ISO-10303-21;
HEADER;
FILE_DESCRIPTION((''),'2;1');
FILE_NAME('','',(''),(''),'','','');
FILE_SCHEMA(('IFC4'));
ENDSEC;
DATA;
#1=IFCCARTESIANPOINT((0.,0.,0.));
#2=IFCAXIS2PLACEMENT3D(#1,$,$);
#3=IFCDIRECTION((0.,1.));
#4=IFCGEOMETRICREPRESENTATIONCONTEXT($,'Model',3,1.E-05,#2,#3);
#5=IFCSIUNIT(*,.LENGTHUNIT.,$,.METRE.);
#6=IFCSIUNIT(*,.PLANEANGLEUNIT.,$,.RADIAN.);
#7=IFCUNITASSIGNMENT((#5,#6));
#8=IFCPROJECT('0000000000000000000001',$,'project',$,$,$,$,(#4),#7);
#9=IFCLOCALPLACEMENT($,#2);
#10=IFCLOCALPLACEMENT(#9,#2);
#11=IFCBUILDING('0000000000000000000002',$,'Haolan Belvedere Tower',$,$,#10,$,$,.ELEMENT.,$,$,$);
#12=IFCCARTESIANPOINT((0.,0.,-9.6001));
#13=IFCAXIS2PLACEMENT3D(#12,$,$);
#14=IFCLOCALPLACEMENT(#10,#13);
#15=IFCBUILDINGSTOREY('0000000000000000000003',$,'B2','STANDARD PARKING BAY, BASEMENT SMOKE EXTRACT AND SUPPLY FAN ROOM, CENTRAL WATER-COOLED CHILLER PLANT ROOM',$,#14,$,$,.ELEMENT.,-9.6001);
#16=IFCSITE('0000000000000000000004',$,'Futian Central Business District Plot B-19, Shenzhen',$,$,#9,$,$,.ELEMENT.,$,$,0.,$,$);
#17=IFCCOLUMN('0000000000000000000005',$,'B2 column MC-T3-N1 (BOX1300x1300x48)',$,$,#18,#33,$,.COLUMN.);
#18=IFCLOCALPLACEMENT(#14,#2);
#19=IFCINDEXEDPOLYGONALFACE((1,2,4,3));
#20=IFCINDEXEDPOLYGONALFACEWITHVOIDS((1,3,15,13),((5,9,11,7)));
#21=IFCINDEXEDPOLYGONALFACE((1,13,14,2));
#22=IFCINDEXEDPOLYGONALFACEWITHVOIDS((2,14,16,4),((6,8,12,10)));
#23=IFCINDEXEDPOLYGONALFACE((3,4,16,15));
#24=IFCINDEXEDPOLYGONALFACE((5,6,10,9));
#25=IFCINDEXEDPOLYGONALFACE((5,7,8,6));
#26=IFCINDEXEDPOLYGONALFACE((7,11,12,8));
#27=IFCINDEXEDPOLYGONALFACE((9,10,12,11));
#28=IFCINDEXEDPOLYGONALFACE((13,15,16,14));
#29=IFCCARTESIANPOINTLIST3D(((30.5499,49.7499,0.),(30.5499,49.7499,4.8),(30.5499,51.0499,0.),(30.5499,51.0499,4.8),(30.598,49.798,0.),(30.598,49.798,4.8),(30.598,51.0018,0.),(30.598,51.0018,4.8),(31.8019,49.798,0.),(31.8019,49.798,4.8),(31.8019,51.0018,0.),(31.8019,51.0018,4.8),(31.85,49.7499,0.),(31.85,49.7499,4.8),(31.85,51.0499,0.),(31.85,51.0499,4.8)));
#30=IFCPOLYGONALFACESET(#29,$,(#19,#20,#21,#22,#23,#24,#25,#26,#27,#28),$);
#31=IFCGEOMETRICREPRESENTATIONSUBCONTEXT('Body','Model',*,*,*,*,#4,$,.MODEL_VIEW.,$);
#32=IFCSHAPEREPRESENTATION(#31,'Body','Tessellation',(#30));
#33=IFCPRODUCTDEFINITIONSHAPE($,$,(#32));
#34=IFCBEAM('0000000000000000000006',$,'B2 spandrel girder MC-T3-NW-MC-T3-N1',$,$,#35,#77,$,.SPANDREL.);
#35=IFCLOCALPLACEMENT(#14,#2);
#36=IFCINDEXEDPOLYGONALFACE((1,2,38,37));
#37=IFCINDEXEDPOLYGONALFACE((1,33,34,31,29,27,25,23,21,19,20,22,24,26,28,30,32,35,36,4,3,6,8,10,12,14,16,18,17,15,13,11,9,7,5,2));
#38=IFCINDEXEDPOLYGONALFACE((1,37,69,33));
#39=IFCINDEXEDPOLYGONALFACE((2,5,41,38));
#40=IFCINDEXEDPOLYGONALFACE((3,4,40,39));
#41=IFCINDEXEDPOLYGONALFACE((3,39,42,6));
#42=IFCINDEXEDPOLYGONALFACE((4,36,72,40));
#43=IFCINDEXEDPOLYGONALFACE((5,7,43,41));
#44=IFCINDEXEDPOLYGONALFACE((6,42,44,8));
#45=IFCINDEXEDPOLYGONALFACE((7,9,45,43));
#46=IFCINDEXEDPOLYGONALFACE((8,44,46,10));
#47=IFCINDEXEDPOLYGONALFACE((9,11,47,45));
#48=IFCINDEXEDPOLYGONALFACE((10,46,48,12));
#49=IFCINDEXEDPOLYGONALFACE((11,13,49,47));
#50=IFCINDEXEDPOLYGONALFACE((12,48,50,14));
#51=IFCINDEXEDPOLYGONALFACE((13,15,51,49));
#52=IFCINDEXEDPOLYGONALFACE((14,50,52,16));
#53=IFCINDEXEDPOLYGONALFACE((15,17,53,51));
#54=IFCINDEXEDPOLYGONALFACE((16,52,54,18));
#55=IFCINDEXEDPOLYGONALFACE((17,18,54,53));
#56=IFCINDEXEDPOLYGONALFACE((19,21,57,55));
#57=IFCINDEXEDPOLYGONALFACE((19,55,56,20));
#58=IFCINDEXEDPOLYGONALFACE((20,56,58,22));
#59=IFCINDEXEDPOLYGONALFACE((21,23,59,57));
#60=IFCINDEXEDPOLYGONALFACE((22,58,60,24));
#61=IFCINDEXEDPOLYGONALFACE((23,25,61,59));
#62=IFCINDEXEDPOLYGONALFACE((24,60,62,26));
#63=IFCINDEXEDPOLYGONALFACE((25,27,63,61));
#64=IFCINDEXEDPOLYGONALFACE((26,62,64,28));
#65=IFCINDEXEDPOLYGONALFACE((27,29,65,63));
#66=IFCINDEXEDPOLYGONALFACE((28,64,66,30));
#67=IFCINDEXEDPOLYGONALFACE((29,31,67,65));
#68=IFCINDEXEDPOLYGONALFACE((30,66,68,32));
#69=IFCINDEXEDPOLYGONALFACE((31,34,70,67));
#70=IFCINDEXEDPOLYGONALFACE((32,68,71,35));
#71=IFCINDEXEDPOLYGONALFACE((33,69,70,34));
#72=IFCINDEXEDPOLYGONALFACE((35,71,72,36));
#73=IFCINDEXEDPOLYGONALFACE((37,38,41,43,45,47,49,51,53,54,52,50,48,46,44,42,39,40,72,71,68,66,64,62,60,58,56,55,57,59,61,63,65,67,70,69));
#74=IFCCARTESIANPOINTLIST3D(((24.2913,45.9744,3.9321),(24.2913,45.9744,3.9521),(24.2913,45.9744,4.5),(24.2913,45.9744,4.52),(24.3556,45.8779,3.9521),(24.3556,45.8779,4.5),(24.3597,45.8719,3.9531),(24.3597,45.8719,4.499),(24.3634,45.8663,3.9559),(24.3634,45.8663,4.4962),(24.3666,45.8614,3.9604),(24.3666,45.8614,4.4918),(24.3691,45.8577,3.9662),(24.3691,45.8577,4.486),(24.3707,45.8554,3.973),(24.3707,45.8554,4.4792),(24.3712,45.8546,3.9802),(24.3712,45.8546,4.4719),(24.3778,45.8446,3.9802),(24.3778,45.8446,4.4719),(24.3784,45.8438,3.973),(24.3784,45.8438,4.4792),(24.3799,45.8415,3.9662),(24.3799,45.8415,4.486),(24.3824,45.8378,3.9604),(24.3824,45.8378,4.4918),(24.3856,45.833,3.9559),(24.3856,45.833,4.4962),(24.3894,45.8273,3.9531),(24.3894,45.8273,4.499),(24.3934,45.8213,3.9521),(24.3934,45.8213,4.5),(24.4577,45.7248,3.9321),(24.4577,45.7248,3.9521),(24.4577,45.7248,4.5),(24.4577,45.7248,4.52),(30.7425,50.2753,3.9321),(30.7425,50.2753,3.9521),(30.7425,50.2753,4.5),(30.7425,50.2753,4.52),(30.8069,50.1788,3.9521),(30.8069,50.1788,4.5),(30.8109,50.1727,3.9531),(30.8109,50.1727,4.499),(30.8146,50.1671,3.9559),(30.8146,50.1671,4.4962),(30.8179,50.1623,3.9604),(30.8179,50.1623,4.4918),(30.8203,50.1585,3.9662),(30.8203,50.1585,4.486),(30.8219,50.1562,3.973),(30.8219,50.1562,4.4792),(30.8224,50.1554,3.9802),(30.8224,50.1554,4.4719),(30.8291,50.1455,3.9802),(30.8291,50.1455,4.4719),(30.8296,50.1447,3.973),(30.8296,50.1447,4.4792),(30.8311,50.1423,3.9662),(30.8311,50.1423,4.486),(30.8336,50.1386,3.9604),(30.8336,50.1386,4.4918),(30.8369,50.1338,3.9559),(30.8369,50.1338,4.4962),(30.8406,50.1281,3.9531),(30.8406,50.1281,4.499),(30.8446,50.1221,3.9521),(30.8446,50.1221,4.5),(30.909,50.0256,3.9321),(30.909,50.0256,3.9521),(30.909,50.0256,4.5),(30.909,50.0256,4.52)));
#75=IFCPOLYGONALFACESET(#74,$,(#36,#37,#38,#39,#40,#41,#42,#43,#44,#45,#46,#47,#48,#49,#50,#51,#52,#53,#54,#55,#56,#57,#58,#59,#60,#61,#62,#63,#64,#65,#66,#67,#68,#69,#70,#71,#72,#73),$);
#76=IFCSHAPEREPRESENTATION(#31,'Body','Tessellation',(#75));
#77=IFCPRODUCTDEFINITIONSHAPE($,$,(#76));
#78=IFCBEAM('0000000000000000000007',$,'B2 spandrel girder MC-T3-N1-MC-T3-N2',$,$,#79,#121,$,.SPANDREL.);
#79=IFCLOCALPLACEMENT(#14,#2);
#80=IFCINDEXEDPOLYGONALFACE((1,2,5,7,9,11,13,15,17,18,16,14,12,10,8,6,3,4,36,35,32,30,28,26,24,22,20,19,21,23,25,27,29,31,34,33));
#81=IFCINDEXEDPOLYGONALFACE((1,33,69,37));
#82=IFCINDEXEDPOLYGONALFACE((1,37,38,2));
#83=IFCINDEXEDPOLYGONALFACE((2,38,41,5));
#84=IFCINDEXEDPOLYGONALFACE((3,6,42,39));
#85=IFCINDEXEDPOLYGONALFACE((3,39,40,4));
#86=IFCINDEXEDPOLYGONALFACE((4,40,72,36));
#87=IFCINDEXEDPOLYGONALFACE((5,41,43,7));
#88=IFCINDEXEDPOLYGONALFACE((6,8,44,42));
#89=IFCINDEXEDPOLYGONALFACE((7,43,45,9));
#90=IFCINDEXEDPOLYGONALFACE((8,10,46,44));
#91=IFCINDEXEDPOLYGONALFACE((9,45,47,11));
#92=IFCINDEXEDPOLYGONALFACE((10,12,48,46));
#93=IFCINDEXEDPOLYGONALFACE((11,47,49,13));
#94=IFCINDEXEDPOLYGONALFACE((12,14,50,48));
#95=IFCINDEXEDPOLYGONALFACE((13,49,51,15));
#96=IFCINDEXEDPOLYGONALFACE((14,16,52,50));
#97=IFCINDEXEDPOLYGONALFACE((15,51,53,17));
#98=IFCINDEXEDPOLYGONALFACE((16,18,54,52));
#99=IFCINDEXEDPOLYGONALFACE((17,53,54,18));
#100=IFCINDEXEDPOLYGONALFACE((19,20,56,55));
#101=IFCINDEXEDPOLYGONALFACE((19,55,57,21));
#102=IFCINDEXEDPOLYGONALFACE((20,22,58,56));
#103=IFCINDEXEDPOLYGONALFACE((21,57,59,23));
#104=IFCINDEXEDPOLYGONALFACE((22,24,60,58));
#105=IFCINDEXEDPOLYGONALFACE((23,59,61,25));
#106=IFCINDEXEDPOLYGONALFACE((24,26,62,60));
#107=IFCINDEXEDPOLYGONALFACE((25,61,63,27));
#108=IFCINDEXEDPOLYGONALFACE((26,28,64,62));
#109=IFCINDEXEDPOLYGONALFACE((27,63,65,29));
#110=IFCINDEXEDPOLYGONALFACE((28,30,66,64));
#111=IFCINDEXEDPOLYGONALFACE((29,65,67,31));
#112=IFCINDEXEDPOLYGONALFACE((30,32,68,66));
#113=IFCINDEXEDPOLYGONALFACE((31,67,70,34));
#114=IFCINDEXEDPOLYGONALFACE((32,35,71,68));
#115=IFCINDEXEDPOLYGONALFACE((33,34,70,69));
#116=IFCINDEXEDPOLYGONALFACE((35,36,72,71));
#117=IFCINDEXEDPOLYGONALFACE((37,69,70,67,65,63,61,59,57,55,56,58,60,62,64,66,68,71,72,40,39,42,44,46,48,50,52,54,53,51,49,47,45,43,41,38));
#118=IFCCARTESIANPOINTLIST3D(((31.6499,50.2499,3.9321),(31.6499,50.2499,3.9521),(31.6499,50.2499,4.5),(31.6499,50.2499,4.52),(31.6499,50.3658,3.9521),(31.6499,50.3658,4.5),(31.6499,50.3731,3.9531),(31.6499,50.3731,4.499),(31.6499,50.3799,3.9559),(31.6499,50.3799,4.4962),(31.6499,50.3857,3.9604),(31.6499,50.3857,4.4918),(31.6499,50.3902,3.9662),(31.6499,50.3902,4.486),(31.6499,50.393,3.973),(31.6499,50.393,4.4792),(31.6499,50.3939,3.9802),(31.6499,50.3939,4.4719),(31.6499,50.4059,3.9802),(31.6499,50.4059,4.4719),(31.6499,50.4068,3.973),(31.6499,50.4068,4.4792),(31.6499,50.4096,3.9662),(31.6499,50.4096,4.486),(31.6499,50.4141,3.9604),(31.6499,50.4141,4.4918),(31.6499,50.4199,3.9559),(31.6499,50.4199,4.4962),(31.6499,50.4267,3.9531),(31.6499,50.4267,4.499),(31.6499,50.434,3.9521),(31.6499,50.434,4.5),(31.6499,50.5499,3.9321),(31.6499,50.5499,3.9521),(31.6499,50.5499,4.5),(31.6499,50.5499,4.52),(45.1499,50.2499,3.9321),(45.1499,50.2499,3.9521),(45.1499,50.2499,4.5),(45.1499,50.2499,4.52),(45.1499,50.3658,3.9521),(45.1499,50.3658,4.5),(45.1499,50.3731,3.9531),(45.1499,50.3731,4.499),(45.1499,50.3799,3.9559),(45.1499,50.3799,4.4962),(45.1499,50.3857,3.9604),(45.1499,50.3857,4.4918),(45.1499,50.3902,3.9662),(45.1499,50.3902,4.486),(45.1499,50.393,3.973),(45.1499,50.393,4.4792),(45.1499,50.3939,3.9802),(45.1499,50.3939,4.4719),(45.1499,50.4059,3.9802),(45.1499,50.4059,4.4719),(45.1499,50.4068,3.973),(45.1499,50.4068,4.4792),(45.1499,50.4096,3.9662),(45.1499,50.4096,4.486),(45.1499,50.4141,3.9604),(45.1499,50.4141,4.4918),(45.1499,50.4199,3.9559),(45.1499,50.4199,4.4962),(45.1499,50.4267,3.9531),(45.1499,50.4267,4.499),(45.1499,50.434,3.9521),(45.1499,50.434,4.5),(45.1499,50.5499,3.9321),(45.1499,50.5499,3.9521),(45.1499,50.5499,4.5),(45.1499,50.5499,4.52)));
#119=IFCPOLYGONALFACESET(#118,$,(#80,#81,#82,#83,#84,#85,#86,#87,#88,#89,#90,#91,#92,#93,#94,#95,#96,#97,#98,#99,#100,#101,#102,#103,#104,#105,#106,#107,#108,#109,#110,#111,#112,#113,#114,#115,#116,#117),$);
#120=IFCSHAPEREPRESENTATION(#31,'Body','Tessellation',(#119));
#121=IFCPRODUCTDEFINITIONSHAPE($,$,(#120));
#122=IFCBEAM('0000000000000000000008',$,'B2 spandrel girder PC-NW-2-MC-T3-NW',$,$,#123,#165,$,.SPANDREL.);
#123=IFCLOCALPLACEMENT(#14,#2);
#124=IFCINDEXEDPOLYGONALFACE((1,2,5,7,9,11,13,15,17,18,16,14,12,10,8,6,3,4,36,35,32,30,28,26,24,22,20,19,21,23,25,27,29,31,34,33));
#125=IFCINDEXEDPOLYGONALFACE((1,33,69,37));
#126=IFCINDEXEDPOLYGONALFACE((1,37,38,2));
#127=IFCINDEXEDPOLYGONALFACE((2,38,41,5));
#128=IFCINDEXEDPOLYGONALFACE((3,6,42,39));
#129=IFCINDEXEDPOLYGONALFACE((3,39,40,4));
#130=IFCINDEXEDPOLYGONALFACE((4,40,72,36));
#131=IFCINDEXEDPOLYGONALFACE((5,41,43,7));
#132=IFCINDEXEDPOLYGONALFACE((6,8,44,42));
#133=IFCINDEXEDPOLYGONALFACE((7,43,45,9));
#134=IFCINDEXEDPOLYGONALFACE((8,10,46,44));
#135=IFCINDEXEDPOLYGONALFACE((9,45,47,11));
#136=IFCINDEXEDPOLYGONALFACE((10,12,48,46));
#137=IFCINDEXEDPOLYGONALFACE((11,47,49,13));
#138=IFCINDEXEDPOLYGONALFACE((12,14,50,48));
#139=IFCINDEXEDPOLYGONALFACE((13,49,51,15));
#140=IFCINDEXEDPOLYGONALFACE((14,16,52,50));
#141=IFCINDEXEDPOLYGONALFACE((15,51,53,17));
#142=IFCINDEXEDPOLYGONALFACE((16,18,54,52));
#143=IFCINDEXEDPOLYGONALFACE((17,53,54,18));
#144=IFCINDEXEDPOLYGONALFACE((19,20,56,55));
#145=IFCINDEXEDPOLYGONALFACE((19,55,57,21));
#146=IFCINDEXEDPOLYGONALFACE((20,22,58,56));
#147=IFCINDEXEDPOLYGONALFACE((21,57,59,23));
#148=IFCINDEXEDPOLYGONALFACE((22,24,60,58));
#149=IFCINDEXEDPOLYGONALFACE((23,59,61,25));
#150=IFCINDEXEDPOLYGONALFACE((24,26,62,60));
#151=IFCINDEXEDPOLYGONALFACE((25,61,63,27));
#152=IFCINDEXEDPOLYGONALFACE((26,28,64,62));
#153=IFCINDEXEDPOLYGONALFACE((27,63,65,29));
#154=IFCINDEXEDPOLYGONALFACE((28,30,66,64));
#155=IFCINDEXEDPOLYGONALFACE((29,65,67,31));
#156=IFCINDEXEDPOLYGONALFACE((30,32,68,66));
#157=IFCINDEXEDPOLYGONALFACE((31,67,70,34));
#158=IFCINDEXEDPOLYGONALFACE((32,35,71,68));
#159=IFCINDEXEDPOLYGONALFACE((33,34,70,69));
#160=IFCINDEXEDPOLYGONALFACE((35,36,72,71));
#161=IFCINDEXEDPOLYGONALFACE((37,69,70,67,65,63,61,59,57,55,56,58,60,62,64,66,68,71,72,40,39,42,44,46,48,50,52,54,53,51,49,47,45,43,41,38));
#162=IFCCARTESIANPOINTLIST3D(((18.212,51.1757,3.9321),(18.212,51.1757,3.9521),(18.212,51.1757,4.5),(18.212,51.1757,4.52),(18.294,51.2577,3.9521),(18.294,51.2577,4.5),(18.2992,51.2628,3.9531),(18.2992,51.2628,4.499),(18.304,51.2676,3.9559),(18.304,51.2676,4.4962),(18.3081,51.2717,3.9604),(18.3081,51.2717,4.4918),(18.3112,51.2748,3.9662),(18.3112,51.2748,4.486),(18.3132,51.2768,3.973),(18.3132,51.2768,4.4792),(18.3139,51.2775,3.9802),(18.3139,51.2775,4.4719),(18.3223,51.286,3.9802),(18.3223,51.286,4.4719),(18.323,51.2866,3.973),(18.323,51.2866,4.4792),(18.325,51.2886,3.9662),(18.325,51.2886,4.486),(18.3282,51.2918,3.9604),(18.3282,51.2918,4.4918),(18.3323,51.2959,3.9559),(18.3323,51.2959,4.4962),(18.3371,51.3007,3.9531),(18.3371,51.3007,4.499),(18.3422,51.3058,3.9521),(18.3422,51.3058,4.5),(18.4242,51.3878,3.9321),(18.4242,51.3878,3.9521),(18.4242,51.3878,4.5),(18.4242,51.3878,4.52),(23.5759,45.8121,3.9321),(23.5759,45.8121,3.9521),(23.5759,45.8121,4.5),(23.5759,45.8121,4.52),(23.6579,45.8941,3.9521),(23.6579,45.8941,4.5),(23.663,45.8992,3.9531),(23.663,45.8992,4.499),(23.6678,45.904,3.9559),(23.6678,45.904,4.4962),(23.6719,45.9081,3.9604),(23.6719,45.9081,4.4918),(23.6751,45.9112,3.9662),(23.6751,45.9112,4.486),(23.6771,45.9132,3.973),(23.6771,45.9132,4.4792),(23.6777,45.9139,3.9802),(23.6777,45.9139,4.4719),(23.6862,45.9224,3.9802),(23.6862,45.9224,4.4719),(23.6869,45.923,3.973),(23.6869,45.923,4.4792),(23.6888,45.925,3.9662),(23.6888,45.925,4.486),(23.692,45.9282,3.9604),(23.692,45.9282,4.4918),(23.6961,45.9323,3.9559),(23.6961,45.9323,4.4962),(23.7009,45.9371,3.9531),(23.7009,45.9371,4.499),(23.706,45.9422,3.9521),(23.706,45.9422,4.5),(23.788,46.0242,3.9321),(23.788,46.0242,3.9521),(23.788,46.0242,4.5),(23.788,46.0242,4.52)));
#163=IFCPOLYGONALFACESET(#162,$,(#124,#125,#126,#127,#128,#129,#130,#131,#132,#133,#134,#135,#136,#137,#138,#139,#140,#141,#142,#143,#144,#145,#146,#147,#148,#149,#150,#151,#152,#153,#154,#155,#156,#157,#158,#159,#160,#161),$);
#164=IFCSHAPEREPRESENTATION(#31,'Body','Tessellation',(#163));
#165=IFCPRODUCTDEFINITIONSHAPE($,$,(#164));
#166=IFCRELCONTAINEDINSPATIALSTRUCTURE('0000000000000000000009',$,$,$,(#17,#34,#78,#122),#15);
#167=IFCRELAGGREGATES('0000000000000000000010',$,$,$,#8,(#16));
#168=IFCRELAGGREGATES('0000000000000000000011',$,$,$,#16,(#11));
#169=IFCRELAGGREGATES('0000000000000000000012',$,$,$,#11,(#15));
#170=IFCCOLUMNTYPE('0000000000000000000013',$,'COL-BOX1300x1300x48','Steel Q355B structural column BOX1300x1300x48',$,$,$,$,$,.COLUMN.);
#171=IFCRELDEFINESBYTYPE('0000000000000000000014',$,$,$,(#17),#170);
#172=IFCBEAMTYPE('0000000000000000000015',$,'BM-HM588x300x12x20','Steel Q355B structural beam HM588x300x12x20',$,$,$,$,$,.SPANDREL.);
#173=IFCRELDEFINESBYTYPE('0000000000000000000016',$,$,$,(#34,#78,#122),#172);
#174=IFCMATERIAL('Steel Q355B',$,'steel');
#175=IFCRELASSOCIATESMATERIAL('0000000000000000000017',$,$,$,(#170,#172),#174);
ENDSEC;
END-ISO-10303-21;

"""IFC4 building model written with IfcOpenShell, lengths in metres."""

from ifc_helpers import new_model, si_unit, direction, frame, origin, origin_2d, place, context, subcontext, project, spatial, hollow_rectangle, i_section, extrude, material, material_profile, profile_set, type_object, element, save


model = new_model("IFC4")

# Units and contexts
model_context = context("Model", 3, precision=1e-05, world=origin(), true_north=direction((0.0, 1.0)))
body_context = subcontext(model_context, "Body", "Model", "MODEL_VIEW")
ifc_project = project(units=[si_unit("LENGTHUNIT", "METRE"), si_unit("PLANEANGLEUNIT", "RADIAN")], contexts=[model_context])

# Site, building, storey
site_placement = place(None, origin())
site = spatial("IfcSite", under=ifc_project, at=site_placement, Name="Futian Central Business District Plot B-19, Shenzhen", CompositionType="ELEMENT", RefElevation=0.0)
building_placement = place(site_placement, origin())
building = spatial("IfcBuilding", under=site, at=building_placement, Name="Haolan Belvedere Tower", CompositionType="ELEMENT")
storey_placement = place(building_placement, frame((0.0, 0.0, -9.6001)))
storey = spatial("IfcBuildingStorey", under=building, at=storey_placement, Name="B2", Description="STANDARD PARKING BAY, BASEMENT SMOKE EXTRACT AND SUPPLY FAN ROOM, CENTRAL WATER-COOLED CHILLER PLANT ROOM", CompositionType="ELEMENT", Elevation=-9.6001)

# Column
ifc_material_1 = material(Name="Steel Q355B", Category="steel")
ifc_material_profile_1 = material_profile(ifc_material_1, hollow_rectangle(XDim=1.3, YDim=1.3, WallThickness=0.0481, at=origin_2d()), Name="Steel Q355B")
ifc_profile_set_1 = profile_set([ifc_material_profile_1], Name="Steel Q355B")
column_type = type_object("IfcColumnType", Name="COL-BOX1300x1300x48", Description="Steel Q355B structural column BOX1300x1300x48", PredefinedType="COLUMN", material=ifc_profile_set_1)
for number, where, z_axis, x_axis, name in (
    (1, (31.2, 50.3999, 0.0), (0.0, 0.0, 1.0), (1.0, 0.0, 0.0), "B2 column MC-T3-N1 (BOX1300x1300x48)"),
):
    element("IfcColumn", number, at=place(storey_placement, frame(where, z_axis=z_axis, x_axis=x_axis)), inside=storey, type_object=column_type, Name=name, PredefinedType="COLUMN", context=body_context, shape_type="SweptSolid", body=[
        extrude(hollow_rectangle(XDim=1.3, YDim=1.3, WallThickness=0.0481, at=origin_2d()), origin(), (0.0, 0.0, 1.0), 4.8),
    ])

# Beams
ifc_material_profile_2 = material_profile(ifc_material_1, i_section(OverallWidth=0.3, OverallDepth=0.5879, WebThickness=0.012, FlangeThickness=0.02, FilletRadius=0.0281, at=origin_2d()), Name="Steel Q355B")
ifc_profile_set_2 = profile_set([ifc_material_profile_2], Name="Steel Q355B")
beam_type_1 = type_object("IfcBeamType", Name="BM-HM588x300x12x20", Description="Steel Q355B structural beam HM588x300x12x20", PredefinedType="SPANDREL", material=ifc_profile_set_2)
beam_1_placement = place(storey_placement, frame((24.3745, 45.8496, 4.2261), z_axis=(0.83205, 0.5547, 0.0), x_axis=(-0.5547, 0.83205, 0.0)))
element("IfcBeam", 2, at=beam_1_placement, inside=storey, type_object=beam_type_1, Name="B2 spandrel girder MC-T3-NW-MC-T3-N1", PredefinedType="SPANDREL", context=body_context, shape_type="SweptSolid", body=[
    extrude(i_section(OverallWidth=0.3, OverallDepth=0.5879, WebThickness=0.012, FlangeThickness=0.02, FilletRadius=0.0281, at=origin_2d()), origin(), (0.0, 0.0, 1.0), 7.7534),
])
beam_2_placement = place(storey_placement, frame((31.6499, 50.3999, 4.2261), z_axis=(1.0, 0.0, 0.0), x_axis=(0.0, 1.0, 0.0)))
element("IfcBeam", 3, at=beam_2_placement, inside=storey, type_object=beam_type_1, Name="B2 spandrel girder MC-T3-N1-MC-T3-N2", PredefinedType="SPANDREL", context=body_context, shape_type="SweptSolid", body=[
    extrude(i_section(OverallWidth=0.3, OverallDepth=0.5879, WebThickness=0.012, FlangeThickness=0.02, FilletRadius=0.0281, at=origin_2d()), origin(), (0.0, 0.0, 1.0), 13.5),
])
beam_3_placement = place(storey_placement, frame((18.3181, 51.2817, 4.2261), z_axis=(0.707123, -0.707091, 0.0), x_axis=(0.707091, 0.707123, 0.0)))
element("IfcBeam", 4, at=beam_3_placement, inside=storey, type_object=beam_type_1, Name="B2 spandrel girder PC-NW-2-MC-T3-NW", PredefinedType="SPANDREL", context=body_context, shape_type="SweptSolid", body=[
    extrude(i_section(OverallWidth=0.3, OverallDepth=0.5879, WebThickness=0.012, FlangeThickness=0.02, FilletRadius=0.0281, at=origin_2d()), origin(), (0.0, 0.0, 1.0), 7.5854),
])

save(model, "model.ifc")
